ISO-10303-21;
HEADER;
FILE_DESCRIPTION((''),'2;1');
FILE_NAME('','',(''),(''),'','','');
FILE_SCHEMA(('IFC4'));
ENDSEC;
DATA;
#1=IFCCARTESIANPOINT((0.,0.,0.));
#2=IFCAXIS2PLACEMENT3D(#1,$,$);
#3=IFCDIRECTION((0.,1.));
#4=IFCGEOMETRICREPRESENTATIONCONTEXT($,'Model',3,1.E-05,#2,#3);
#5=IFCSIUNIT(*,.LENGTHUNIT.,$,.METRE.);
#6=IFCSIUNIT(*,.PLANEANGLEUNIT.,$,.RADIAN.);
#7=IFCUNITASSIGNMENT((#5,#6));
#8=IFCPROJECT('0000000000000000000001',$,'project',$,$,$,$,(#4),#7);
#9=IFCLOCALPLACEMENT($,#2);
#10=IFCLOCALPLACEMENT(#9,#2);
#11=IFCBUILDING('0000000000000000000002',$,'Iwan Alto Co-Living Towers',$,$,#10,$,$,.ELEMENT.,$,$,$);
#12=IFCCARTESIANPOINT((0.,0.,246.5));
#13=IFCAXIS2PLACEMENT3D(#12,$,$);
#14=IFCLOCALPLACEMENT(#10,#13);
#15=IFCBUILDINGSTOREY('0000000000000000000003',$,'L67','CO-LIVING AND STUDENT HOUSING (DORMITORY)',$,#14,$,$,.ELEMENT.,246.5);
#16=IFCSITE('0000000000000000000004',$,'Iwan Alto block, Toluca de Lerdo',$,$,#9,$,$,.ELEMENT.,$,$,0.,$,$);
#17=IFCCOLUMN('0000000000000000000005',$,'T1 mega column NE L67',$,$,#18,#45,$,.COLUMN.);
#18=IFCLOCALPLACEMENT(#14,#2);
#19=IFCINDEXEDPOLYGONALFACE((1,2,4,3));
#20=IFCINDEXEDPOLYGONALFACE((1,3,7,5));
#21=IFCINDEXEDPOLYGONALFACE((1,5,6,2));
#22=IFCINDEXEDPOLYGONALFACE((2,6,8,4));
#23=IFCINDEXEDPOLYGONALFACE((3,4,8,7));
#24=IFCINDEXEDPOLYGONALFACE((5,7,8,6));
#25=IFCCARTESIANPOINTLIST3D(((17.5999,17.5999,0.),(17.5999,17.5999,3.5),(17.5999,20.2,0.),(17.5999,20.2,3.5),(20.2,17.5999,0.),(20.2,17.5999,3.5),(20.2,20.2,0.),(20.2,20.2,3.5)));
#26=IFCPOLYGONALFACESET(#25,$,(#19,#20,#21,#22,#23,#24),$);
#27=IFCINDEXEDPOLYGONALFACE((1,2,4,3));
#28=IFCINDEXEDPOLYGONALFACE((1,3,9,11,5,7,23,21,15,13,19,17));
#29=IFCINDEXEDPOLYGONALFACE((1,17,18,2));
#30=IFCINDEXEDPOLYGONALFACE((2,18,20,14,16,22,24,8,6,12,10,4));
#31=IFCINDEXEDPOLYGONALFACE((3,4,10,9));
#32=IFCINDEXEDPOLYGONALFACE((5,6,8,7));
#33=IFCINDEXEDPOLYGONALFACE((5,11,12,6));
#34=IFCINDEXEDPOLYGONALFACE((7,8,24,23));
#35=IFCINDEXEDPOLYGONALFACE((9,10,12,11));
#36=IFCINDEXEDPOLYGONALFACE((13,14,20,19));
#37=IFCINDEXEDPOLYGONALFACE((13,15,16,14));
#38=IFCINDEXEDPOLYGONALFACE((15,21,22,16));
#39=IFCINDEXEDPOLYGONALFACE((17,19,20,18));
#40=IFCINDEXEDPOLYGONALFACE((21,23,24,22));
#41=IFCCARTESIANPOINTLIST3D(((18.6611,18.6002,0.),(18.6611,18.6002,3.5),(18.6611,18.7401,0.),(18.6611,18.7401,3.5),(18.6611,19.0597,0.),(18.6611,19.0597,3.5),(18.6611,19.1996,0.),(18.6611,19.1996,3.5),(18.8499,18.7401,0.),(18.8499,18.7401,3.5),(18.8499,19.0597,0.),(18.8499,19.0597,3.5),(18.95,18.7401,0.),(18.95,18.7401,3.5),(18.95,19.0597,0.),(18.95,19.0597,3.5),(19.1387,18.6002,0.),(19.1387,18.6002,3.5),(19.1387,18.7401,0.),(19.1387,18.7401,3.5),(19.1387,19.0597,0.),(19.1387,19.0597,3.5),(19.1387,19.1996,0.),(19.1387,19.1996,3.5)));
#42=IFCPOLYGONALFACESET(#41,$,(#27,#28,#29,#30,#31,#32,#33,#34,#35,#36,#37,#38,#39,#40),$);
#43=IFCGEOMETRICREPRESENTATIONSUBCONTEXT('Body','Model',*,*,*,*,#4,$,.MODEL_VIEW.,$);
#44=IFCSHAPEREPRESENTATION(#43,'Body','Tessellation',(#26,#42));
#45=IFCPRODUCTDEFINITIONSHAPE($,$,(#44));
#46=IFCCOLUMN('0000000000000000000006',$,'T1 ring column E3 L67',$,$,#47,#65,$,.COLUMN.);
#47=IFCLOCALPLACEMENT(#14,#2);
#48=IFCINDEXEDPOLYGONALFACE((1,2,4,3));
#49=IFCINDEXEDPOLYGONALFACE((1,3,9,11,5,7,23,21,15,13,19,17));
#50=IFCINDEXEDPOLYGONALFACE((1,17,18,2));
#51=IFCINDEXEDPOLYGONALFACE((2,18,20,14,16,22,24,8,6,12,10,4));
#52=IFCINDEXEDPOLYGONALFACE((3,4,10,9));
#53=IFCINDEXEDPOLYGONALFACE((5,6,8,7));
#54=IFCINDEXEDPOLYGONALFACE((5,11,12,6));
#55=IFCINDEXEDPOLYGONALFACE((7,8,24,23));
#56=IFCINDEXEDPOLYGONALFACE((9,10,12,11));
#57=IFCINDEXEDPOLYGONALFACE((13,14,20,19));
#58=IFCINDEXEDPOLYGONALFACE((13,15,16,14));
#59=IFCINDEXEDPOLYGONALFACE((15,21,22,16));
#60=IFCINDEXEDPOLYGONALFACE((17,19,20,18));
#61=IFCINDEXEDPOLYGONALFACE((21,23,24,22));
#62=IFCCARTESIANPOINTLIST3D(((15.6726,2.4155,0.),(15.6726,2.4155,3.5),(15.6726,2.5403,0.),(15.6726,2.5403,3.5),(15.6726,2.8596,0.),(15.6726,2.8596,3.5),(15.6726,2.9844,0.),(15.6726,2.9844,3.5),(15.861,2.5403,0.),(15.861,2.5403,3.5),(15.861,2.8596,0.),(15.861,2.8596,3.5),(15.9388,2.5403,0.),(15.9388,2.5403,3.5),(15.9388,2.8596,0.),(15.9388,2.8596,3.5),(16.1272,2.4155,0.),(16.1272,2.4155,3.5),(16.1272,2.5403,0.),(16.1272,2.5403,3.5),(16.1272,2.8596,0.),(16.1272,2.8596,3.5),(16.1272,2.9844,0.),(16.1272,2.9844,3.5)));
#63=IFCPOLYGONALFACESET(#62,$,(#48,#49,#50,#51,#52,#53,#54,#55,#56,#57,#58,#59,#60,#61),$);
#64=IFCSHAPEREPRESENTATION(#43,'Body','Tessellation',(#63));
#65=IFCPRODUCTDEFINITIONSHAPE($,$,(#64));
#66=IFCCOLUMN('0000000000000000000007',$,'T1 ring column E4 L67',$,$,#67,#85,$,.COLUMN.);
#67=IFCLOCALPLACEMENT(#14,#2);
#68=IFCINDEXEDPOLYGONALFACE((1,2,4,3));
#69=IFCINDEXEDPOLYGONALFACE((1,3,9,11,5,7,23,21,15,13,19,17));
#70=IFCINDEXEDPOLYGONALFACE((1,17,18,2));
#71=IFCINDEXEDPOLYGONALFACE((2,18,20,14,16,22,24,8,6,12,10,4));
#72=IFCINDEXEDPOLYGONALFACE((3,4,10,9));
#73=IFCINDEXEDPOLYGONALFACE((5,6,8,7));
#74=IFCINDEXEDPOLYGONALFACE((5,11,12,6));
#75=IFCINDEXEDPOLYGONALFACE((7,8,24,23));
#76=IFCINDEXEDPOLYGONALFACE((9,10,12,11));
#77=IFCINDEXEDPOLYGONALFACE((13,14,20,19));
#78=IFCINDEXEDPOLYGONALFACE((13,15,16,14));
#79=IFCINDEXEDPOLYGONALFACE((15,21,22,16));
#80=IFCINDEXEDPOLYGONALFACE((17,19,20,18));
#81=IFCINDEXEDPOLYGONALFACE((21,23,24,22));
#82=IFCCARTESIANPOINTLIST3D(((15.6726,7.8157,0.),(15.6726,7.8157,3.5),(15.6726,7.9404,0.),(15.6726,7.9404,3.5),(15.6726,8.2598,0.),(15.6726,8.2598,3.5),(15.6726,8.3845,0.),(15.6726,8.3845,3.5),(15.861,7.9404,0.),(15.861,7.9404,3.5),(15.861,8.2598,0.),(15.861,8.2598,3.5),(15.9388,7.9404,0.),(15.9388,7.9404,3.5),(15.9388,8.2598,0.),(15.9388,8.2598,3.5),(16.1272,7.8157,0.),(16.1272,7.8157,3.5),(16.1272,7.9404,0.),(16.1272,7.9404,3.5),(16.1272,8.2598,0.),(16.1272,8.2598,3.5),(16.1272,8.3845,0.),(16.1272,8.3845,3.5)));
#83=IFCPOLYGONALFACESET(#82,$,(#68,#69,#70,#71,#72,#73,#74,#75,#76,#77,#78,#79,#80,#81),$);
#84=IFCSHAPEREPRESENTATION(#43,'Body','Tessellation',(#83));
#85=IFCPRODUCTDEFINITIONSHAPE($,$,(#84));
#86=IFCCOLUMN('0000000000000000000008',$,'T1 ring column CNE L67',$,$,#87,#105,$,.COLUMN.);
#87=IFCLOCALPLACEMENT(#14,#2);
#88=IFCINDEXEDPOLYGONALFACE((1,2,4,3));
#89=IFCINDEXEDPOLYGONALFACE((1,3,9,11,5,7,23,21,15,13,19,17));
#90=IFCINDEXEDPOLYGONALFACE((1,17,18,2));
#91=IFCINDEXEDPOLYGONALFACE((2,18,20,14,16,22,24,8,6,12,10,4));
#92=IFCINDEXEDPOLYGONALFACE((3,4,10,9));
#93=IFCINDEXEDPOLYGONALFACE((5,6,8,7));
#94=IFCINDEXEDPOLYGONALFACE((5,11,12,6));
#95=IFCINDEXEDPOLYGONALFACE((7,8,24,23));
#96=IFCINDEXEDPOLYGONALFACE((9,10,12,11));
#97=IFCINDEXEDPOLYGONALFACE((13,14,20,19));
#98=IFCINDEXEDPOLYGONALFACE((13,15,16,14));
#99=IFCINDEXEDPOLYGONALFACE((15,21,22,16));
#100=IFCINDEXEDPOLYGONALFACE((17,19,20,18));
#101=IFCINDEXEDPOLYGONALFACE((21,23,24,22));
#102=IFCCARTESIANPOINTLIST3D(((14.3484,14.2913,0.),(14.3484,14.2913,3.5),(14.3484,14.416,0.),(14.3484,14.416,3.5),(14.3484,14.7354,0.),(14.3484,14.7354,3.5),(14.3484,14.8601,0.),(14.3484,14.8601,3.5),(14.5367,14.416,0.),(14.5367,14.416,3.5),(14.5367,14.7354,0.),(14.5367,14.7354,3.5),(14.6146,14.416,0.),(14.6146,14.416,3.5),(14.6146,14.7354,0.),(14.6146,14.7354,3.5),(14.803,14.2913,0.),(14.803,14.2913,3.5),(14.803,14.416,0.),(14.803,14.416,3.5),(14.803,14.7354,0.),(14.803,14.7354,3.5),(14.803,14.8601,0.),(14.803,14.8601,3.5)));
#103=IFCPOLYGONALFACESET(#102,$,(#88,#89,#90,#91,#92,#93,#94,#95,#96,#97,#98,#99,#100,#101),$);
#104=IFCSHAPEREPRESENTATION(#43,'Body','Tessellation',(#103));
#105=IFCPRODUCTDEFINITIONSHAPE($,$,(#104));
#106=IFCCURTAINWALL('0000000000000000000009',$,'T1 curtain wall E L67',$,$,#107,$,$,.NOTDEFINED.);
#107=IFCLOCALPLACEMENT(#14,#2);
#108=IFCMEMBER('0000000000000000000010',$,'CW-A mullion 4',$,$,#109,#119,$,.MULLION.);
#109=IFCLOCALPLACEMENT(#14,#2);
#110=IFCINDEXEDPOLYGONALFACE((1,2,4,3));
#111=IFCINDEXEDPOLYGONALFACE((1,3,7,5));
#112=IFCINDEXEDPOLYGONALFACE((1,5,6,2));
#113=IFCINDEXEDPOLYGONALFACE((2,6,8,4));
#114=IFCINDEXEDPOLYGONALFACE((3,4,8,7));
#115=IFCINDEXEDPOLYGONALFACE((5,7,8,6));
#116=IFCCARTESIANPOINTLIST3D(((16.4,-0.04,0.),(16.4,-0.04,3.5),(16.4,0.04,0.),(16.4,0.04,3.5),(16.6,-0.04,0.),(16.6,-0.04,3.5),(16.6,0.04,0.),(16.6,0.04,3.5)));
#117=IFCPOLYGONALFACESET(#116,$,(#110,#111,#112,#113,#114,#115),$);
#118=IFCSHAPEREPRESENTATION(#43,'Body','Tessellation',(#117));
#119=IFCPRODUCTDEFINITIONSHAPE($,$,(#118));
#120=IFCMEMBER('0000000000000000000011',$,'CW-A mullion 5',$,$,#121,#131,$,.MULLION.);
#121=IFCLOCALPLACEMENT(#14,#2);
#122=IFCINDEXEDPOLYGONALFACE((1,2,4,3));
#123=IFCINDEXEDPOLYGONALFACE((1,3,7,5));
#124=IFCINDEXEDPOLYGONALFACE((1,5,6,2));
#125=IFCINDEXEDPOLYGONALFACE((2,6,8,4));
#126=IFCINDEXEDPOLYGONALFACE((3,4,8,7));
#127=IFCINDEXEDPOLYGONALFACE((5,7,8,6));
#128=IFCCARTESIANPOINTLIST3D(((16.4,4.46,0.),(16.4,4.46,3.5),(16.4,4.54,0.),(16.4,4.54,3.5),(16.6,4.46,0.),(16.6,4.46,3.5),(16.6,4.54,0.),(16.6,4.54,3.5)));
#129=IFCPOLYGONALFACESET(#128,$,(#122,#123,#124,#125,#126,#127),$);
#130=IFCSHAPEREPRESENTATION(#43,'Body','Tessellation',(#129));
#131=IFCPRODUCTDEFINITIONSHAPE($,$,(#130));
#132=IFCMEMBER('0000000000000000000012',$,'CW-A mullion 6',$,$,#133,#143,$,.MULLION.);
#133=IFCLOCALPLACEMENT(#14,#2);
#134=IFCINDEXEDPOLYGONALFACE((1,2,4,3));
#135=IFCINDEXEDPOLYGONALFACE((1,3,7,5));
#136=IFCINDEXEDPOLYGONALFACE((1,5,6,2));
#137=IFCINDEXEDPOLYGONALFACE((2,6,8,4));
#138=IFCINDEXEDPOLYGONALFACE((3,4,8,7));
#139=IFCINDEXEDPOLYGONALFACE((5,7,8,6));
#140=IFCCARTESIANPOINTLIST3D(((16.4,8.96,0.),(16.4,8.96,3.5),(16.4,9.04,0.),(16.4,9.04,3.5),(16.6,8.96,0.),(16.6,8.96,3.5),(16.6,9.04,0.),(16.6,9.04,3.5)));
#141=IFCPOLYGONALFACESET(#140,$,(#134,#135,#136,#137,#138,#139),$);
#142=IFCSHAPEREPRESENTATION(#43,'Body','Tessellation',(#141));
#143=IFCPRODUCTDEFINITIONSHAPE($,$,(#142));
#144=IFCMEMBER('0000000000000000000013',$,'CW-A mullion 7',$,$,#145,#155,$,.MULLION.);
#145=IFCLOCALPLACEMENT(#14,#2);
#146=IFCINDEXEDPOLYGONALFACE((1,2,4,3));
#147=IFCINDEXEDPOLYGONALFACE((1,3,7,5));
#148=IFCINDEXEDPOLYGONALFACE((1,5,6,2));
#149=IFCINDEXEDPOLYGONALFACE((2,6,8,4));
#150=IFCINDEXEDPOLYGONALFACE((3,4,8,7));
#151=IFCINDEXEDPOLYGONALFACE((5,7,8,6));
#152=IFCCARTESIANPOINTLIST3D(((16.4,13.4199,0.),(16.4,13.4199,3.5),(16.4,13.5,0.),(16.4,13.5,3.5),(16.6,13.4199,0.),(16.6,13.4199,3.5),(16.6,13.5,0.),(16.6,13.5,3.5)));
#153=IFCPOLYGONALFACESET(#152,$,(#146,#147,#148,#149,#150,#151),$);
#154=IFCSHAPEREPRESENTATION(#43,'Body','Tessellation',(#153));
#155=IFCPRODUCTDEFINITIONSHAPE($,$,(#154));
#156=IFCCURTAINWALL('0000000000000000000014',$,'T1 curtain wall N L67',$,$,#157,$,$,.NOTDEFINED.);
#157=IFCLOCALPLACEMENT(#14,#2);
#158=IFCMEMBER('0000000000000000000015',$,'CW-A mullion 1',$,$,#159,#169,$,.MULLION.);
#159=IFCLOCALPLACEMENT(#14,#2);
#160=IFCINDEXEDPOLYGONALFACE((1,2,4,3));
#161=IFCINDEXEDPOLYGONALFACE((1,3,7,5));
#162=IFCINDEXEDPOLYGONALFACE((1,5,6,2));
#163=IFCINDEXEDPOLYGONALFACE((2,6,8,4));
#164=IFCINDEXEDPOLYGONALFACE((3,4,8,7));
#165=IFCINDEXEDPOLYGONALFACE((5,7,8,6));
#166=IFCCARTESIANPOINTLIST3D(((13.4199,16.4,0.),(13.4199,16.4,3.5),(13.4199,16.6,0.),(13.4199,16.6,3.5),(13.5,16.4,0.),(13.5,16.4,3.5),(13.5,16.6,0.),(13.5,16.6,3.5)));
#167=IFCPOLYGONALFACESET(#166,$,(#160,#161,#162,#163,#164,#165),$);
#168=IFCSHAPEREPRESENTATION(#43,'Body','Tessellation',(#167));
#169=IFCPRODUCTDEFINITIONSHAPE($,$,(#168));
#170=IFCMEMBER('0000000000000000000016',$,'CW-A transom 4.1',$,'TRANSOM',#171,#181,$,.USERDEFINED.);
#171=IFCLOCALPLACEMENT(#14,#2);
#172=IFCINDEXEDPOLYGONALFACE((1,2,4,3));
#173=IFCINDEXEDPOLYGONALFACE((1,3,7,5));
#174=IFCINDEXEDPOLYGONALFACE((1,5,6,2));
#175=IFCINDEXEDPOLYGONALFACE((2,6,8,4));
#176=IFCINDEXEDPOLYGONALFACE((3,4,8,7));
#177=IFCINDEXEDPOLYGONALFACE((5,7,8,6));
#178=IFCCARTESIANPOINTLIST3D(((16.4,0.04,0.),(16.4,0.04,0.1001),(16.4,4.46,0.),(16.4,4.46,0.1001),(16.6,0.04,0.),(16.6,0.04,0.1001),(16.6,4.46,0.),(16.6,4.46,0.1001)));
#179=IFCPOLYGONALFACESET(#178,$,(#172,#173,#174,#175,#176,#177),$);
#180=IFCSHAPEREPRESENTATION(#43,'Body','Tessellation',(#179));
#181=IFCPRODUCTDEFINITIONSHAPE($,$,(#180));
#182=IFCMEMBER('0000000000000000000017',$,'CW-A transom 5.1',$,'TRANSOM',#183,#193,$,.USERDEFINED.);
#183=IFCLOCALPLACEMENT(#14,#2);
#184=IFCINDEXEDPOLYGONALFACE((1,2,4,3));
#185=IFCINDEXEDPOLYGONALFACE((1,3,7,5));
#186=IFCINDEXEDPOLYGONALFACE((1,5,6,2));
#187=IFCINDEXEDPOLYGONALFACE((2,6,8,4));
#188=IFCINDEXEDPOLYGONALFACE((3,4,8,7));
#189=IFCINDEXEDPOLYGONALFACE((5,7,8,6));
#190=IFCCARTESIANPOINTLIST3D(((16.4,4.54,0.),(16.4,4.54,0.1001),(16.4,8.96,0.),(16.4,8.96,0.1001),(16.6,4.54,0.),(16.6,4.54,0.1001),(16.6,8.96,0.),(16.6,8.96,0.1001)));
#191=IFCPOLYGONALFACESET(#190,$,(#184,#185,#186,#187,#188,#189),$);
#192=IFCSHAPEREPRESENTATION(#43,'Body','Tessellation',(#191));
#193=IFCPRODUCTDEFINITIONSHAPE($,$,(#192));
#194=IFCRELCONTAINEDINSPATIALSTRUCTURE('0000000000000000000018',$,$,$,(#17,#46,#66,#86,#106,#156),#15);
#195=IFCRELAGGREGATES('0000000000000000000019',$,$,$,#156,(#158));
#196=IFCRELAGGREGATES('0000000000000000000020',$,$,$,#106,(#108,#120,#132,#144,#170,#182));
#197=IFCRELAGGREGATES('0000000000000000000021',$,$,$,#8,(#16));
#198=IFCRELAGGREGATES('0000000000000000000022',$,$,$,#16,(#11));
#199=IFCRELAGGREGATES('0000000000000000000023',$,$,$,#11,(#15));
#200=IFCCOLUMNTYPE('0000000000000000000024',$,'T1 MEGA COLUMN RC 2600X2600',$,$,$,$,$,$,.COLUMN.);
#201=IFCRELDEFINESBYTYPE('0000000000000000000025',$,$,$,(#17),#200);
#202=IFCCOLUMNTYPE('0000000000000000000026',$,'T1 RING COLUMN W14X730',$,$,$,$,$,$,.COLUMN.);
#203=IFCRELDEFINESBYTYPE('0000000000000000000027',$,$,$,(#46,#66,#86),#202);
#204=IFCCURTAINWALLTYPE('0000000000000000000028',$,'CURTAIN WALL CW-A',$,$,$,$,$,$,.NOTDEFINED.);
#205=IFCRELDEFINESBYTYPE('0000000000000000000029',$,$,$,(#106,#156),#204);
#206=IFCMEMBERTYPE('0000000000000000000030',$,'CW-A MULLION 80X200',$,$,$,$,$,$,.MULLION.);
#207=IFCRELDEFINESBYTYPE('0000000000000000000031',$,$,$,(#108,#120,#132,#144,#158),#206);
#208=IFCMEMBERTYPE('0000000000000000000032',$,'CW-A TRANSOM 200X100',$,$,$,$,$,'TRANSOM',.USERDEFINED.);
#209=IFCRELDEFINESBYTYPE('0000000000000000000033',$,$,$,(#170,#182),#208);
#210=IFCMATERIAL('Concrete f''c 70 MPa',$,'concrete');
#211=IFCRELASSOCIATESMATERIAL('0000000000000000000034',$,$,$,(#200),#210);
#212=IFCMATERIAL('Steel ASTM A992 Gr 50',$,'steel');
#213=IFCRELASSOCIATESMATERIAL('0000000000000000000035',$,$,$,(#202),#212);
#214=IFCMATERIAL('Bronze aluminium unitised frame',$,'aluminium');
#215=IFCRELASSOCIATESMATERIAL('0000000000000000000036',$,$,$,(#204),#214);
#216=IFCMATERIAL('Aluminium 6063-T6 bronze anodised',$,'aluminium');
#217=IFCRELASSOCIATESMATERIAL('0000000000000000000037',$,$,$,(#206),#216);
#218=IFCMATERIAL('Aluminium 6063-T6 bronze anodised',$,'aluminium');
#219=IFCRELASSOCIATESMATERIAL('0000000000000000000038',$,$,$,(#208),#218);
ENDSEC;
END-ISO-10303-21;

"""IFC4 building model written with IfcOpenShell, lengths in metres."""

from ifc_helpers import new_model, si_unit, direction, frame, origin, origin_2d, place, context, subcontext, project, spatial, rectangle, i_section, extrude, material, material_profile, profile_set, type_object, element, aggregate, save


model = new_model("IFC4")

# Units and contexts
model_context = context("Model", 3, precision=1e-05, world=origin(), true_north=direction((0.0, 1.0)))
body_context = subcontext(model_context, "Body", "Model", "MODEL_VIEW")
ifc_project = project(units=[si_unit("LENGTHUNIT", "METRE"), si_unit("PLANEANGLEUNIT", "RADIAN")], contexts=[model_context])

# Site, building, storey
site_placement = place(None, origin())
site = spatial("IfcSite", under=ifc_project, at=site_placement, Name="Iwan Alto block, Toluca de Lerdo", CompositionType="ELEMENT", RefElevation=0.0)
building_placement = place(site_placement, origin())
building = spatial("IfcBuilding", under=site, at=building_placement, Name="Iwan Alto Co-Living Towers", CompositionType="ELEMENT")
storey_placement = place(building_placement, frame((0.0, 0.0, 246.5)))
storey = spatial("IfcBuildingStorey", under=building, at=storey_placement, Name="L67", Description="CO-LIVING AND STUDENT HOUSING (DORMITORY)", CompositionType="ELEMENT", Elevation=246.5)

# Columns
ifc_material_1 = material(Name="Concrete f'c 70 MPa", Category="concrete")
ifc_material_profile_1 = material_profile(ifc_material_1, rectangle(XDim=2.6001, YDim=2.6001, at=origin_2d()), Name="RC 2600X2600")
ifc_profile_set_1 = profile_set([ifc_material_profile_1], Name="Concrete f'c 70 MPa")
column_type_1 = type_object("IfcColumnType", Name="T1 MEGA COLUMN RC 2600X2600", PredefinedType="COLUMN", material=ifc_profile_set_1)
column_placement = place(storey_placement, frame((18.8999, 18.8999, 0.0), z_axis=(0.0, 0.0, 1.0), x_axis=(1.0, 0.0, 0.0)))
element("IfcColumn", 1, at=column_placement, inside=storey, type_object=column_type_1, Name="T1 mega column NE L67", PredefinedType="COLUMN", context=body_context, shape_type="SweptSolid", body=[
    extrude(rectangle(XDim=2.6001, YDim=2.6001, at=origin_2d()), origin(), (0.0, 0.0, 1.0), 3.5),
    extrude(i_section(OverallWidth=0.4775, OverallDepth=0.5994, WebThickness=0.1001, FlangeThickness=0.1399, at=origin_2d()), origin(), (0.0, 0.0, 1.0), 3.5),
])
ifc_material_2 = material(Name="Steel ASTM A992 Gr 50", Category="steel")
ifc_material_profile_2 = material_profile(ifc_material_2, i_section(OverallWidth=0.4546, OverallDepth=0.5688, WebThickness=0.0779, FlangeThickness=0.1248, at=origin_2d()), Name="W14X730")
ifc_profile_set_2 = profile_set([ifc_material_profile_2], Name="Steel ASTM A992 Gr 50")
column_type_2 = type_object("IfcColumnType", Name="T1 RING COLUMN W14X730", PredefinedType="COLUMN", material=ifc_profile_set_2)
for number, where, z_axis, x_axis, name in (
    (2, (15.8999, 2.7, 0.0), (0.0, 0.0, 1.0), (1.0, 0.0, 0.0), "T1 ring column E3 L67"),
    (3, (15.8999, 8.1001, 0.0), (0.0, 0.0, 1.0), (1.0, 0.0, 0.0), "T1 ring column E4 L67"),
    (4, (14.5757, 14.5757, 0.0), (0.0, 0.0, 1.0), (1.0, 0.0, 0.0), "T1 ring column CNE L67"),
):
    element("IfcColumn", number, at=place(storey_placement, frame(where, z_axis=z_axis, x_axis=x_axis)), inside=storey, type_object=column_type_2, Name=name, PredefinedType="COLUMN", context=body_context, shape_type="SweptSolid", body=[
        extrude(i_section(OverallWidth=0.4546, OverallDepth=0.5688, WebThickness=0.0779, FlangeThickness=0.1248, at=origin_2d()), origin(), (0.0, 0.0, 1.0), 3.5),
    ])

# Curtain wall, members
ifc_material_3 = material(Name="Bronze aluminium unitised frame", Category="aluminium")
curtain_wall_type_1 = type_object("IfcCurtainWallType", Name="CURTAIN WALL CW-A", PredefinedType="NOTDEFINED", material=ifc_material_3)
curtain_wall_1_placement = place(storey_placement, origin())
curtain_wall_1 = element("IfcCurtainWall", 5, at=curtain_wall_1_placement, inside=storey, type_object=curtain_wall_type_1, Name="T1 curtain wall E L67", PredefinedType="NOTDEFINED")
ifc_material_4 = material(Name="Aluminium 6063-T6 bronze anodised", Category="aluminium")
ifc_material_profile_3 = material_profile(ifc_material_4, rectangle(XDim=0.2, YDim=0.0801, at=origin_2d()), Name="AL 80X200")
ifc_profile_set_3 = profile_set([ifc_material_profile_3], Name="Aluminium 6063-T6 bronze anodised")
member_type_1 = type_object("IfcMemberType", Name="CW-A MULLION 80X200", PredefinedType="MULLION", material=ifc_profile_set_3)
member_1_placement = place(storey_placement, frame((16.5, 0.0, 0.0), z_axis=(0.0, 0.0, 1.0), x_axis=(-1.0, 0.0, 0.0)))
member_1 = element("IfcMember", 6, at=member_1_placement, type_object=member_type_1, Name="CW-A mullion 4", PredefinedType="MULLION", context=body_context, shape_type="SweptSolid", body=[
    extrude(rectangle(XDim=0.2, YDim=0.0801, at=origin_2d()), origin(), (0.0, 0.0, 1.0), 3.5),
])
member_2_placement = place(storey_placement, frame((16.5, 4.5, 0.0), z_axis=(0.0, 0.0, 1.0), x_axis=(-1.0, 0.0, 0.0)))
member_2 = element("IfcMember", 7, at=member_2_placement, type_object=member_type_1, Name="CW-A mullion 5", PredefinedType="MULLION", context=body_context, shape_type="SweptSolid", body=[
    extrude(rectangle(XDim=0.2, YDim=0.0801, at=origin_2d()), origin(), (0.0, 0.0, 1.0), 3.5),
])
member_3_placement = place(storey_placement, frame((16.5, 9.0, 0.0), z_axis=(0.0, 0.0, 1.0), x_axis=(-1.0, 0.0, 0.0)))
member_3 = element("IfcMember", 8, at=member_3_placement, type_object=member_type_1, Name="CW-A mullion 6", PredefinedType="MULLION", context=body_context, shape_type="SweptSolid", body=[
    extrude(rectangle(XDim=0.2, YDim=0.0801, at=origin_2d()), origin(), (0.0, 0.0, 1.0), 3.5),
])
member_4_placement = place(storey_placement, frame((16.5, 13.46, 0.0), z_axis=(0.0, 0.0, 1.0), x_axis=(-1.0, 0.0, 0.0)))
member_4 = element("IfcMember", 9, at=member_4_placement, type_object=member_type_1, Name="CW-A mullion 7", PredefinedType="MULLION", context=body_context, shape_type="SweptSolid", body=[
    extrude(rectangle(XDim=0.2, YDim=0.0801, at=origin_2d()), origin(), (0.0, 0.0, 1.0), 3.5),
])

# Curtain wall, member
curtain_wall_2_placement = place(storey_placement, origin())
curtain_wall_2 = element("IfcCurtainWall", 10, at=curtain_wall_2_placement, inside=storey, type_object=curtain_wall_type_1, Name="T1 curtain wall N L67", PredefinedType="NOTDEFINED")
member_5_placement = place(storey_placement, frame((13.46, 16.5, 0.0), z_axis=(0.0, 0.0, 1.0), x_axis=(0.0, -1.0, 0.0)))
member_5 = element("IfcMember", 11, at=member_5_placement, type_object=member_type_1, Name="CW-A mullion 1", PredefinedType="MULLION", context=body_context, shape_type="SweptSolid", body=[
    extrude(rectangle(XDim=0.2, YDim=0.0801, at=origin_2d()), origin(), (0.0, 0.0, 1.0), 3.5),
])
aggregate(curtain_wall_2, [member_5])

# Members
ifc_material_5 = material(Name="Aluminium 6063-T6 bronze anodised", Category="aluminium")
ifc_material_profile_4 = material_profile(ifc_material_5, rectangle(XDim=0.2, YDim=0.1001, at=origin_2d()), Name="AL 200X100")
ifc_profile_set_4 = profile_set([ifc_material_profile_4], Name="Aluminium 6063-T6 bronze anodised")
member_type_2 = type_object("IfcMemberType", Name="CW-A TRANSOM 200X100", ElementType="TRANSOM", PredefinedType="USERDEFINED", material=ifc_profile_set_4)
member_6_placement = place(storey_placement, frame((16.5, 0.04, 0.05), z_axis=(0.0, 1.0, 0.0), x_axis=(-1.0, 0.0, 0.0)))
member_6 = element("IfcMember", 12, at=member_6_placement, type_object=member_type_2, Name="CW-A transom 4.1", ObjectType="TRANSOM", PredefinedType="USERDEFINED", context=body_context, shape_type="SweptSolid", body=[
    extrude(rectangle(XDim=0.2, YDim=0.1001, at=origin_2d()), origin(), (0.0, 0.0, 1.0), 4.4199),
])
member_7_placement = place(storey_placement, frame((16.5, 4.54, 0.05), z_axis=(0.0, 1.0, 0.0), x_axis=(-1.0, 0.0, 0.0)))
member_7 = element("IfcMember", 13, at=member_7_placement, type_object=member_type_2, Name="CW-A transom 5.1", ObjectType="TRANSOM", PredefinedType="USERDEFINED", context=body_context, shape_type="SweptSolid", body=[
    extrude(rectangle(XDim=0.2, YDim=0.1001, at=origin_2d()), origin(), (0.0, 0.0, 1.0), 4.4199),
])

aggregate(curtain_wall_1, [member_1, member_2, member_3, member_4, member_6, member_7])

save(model, "model.ifc")
